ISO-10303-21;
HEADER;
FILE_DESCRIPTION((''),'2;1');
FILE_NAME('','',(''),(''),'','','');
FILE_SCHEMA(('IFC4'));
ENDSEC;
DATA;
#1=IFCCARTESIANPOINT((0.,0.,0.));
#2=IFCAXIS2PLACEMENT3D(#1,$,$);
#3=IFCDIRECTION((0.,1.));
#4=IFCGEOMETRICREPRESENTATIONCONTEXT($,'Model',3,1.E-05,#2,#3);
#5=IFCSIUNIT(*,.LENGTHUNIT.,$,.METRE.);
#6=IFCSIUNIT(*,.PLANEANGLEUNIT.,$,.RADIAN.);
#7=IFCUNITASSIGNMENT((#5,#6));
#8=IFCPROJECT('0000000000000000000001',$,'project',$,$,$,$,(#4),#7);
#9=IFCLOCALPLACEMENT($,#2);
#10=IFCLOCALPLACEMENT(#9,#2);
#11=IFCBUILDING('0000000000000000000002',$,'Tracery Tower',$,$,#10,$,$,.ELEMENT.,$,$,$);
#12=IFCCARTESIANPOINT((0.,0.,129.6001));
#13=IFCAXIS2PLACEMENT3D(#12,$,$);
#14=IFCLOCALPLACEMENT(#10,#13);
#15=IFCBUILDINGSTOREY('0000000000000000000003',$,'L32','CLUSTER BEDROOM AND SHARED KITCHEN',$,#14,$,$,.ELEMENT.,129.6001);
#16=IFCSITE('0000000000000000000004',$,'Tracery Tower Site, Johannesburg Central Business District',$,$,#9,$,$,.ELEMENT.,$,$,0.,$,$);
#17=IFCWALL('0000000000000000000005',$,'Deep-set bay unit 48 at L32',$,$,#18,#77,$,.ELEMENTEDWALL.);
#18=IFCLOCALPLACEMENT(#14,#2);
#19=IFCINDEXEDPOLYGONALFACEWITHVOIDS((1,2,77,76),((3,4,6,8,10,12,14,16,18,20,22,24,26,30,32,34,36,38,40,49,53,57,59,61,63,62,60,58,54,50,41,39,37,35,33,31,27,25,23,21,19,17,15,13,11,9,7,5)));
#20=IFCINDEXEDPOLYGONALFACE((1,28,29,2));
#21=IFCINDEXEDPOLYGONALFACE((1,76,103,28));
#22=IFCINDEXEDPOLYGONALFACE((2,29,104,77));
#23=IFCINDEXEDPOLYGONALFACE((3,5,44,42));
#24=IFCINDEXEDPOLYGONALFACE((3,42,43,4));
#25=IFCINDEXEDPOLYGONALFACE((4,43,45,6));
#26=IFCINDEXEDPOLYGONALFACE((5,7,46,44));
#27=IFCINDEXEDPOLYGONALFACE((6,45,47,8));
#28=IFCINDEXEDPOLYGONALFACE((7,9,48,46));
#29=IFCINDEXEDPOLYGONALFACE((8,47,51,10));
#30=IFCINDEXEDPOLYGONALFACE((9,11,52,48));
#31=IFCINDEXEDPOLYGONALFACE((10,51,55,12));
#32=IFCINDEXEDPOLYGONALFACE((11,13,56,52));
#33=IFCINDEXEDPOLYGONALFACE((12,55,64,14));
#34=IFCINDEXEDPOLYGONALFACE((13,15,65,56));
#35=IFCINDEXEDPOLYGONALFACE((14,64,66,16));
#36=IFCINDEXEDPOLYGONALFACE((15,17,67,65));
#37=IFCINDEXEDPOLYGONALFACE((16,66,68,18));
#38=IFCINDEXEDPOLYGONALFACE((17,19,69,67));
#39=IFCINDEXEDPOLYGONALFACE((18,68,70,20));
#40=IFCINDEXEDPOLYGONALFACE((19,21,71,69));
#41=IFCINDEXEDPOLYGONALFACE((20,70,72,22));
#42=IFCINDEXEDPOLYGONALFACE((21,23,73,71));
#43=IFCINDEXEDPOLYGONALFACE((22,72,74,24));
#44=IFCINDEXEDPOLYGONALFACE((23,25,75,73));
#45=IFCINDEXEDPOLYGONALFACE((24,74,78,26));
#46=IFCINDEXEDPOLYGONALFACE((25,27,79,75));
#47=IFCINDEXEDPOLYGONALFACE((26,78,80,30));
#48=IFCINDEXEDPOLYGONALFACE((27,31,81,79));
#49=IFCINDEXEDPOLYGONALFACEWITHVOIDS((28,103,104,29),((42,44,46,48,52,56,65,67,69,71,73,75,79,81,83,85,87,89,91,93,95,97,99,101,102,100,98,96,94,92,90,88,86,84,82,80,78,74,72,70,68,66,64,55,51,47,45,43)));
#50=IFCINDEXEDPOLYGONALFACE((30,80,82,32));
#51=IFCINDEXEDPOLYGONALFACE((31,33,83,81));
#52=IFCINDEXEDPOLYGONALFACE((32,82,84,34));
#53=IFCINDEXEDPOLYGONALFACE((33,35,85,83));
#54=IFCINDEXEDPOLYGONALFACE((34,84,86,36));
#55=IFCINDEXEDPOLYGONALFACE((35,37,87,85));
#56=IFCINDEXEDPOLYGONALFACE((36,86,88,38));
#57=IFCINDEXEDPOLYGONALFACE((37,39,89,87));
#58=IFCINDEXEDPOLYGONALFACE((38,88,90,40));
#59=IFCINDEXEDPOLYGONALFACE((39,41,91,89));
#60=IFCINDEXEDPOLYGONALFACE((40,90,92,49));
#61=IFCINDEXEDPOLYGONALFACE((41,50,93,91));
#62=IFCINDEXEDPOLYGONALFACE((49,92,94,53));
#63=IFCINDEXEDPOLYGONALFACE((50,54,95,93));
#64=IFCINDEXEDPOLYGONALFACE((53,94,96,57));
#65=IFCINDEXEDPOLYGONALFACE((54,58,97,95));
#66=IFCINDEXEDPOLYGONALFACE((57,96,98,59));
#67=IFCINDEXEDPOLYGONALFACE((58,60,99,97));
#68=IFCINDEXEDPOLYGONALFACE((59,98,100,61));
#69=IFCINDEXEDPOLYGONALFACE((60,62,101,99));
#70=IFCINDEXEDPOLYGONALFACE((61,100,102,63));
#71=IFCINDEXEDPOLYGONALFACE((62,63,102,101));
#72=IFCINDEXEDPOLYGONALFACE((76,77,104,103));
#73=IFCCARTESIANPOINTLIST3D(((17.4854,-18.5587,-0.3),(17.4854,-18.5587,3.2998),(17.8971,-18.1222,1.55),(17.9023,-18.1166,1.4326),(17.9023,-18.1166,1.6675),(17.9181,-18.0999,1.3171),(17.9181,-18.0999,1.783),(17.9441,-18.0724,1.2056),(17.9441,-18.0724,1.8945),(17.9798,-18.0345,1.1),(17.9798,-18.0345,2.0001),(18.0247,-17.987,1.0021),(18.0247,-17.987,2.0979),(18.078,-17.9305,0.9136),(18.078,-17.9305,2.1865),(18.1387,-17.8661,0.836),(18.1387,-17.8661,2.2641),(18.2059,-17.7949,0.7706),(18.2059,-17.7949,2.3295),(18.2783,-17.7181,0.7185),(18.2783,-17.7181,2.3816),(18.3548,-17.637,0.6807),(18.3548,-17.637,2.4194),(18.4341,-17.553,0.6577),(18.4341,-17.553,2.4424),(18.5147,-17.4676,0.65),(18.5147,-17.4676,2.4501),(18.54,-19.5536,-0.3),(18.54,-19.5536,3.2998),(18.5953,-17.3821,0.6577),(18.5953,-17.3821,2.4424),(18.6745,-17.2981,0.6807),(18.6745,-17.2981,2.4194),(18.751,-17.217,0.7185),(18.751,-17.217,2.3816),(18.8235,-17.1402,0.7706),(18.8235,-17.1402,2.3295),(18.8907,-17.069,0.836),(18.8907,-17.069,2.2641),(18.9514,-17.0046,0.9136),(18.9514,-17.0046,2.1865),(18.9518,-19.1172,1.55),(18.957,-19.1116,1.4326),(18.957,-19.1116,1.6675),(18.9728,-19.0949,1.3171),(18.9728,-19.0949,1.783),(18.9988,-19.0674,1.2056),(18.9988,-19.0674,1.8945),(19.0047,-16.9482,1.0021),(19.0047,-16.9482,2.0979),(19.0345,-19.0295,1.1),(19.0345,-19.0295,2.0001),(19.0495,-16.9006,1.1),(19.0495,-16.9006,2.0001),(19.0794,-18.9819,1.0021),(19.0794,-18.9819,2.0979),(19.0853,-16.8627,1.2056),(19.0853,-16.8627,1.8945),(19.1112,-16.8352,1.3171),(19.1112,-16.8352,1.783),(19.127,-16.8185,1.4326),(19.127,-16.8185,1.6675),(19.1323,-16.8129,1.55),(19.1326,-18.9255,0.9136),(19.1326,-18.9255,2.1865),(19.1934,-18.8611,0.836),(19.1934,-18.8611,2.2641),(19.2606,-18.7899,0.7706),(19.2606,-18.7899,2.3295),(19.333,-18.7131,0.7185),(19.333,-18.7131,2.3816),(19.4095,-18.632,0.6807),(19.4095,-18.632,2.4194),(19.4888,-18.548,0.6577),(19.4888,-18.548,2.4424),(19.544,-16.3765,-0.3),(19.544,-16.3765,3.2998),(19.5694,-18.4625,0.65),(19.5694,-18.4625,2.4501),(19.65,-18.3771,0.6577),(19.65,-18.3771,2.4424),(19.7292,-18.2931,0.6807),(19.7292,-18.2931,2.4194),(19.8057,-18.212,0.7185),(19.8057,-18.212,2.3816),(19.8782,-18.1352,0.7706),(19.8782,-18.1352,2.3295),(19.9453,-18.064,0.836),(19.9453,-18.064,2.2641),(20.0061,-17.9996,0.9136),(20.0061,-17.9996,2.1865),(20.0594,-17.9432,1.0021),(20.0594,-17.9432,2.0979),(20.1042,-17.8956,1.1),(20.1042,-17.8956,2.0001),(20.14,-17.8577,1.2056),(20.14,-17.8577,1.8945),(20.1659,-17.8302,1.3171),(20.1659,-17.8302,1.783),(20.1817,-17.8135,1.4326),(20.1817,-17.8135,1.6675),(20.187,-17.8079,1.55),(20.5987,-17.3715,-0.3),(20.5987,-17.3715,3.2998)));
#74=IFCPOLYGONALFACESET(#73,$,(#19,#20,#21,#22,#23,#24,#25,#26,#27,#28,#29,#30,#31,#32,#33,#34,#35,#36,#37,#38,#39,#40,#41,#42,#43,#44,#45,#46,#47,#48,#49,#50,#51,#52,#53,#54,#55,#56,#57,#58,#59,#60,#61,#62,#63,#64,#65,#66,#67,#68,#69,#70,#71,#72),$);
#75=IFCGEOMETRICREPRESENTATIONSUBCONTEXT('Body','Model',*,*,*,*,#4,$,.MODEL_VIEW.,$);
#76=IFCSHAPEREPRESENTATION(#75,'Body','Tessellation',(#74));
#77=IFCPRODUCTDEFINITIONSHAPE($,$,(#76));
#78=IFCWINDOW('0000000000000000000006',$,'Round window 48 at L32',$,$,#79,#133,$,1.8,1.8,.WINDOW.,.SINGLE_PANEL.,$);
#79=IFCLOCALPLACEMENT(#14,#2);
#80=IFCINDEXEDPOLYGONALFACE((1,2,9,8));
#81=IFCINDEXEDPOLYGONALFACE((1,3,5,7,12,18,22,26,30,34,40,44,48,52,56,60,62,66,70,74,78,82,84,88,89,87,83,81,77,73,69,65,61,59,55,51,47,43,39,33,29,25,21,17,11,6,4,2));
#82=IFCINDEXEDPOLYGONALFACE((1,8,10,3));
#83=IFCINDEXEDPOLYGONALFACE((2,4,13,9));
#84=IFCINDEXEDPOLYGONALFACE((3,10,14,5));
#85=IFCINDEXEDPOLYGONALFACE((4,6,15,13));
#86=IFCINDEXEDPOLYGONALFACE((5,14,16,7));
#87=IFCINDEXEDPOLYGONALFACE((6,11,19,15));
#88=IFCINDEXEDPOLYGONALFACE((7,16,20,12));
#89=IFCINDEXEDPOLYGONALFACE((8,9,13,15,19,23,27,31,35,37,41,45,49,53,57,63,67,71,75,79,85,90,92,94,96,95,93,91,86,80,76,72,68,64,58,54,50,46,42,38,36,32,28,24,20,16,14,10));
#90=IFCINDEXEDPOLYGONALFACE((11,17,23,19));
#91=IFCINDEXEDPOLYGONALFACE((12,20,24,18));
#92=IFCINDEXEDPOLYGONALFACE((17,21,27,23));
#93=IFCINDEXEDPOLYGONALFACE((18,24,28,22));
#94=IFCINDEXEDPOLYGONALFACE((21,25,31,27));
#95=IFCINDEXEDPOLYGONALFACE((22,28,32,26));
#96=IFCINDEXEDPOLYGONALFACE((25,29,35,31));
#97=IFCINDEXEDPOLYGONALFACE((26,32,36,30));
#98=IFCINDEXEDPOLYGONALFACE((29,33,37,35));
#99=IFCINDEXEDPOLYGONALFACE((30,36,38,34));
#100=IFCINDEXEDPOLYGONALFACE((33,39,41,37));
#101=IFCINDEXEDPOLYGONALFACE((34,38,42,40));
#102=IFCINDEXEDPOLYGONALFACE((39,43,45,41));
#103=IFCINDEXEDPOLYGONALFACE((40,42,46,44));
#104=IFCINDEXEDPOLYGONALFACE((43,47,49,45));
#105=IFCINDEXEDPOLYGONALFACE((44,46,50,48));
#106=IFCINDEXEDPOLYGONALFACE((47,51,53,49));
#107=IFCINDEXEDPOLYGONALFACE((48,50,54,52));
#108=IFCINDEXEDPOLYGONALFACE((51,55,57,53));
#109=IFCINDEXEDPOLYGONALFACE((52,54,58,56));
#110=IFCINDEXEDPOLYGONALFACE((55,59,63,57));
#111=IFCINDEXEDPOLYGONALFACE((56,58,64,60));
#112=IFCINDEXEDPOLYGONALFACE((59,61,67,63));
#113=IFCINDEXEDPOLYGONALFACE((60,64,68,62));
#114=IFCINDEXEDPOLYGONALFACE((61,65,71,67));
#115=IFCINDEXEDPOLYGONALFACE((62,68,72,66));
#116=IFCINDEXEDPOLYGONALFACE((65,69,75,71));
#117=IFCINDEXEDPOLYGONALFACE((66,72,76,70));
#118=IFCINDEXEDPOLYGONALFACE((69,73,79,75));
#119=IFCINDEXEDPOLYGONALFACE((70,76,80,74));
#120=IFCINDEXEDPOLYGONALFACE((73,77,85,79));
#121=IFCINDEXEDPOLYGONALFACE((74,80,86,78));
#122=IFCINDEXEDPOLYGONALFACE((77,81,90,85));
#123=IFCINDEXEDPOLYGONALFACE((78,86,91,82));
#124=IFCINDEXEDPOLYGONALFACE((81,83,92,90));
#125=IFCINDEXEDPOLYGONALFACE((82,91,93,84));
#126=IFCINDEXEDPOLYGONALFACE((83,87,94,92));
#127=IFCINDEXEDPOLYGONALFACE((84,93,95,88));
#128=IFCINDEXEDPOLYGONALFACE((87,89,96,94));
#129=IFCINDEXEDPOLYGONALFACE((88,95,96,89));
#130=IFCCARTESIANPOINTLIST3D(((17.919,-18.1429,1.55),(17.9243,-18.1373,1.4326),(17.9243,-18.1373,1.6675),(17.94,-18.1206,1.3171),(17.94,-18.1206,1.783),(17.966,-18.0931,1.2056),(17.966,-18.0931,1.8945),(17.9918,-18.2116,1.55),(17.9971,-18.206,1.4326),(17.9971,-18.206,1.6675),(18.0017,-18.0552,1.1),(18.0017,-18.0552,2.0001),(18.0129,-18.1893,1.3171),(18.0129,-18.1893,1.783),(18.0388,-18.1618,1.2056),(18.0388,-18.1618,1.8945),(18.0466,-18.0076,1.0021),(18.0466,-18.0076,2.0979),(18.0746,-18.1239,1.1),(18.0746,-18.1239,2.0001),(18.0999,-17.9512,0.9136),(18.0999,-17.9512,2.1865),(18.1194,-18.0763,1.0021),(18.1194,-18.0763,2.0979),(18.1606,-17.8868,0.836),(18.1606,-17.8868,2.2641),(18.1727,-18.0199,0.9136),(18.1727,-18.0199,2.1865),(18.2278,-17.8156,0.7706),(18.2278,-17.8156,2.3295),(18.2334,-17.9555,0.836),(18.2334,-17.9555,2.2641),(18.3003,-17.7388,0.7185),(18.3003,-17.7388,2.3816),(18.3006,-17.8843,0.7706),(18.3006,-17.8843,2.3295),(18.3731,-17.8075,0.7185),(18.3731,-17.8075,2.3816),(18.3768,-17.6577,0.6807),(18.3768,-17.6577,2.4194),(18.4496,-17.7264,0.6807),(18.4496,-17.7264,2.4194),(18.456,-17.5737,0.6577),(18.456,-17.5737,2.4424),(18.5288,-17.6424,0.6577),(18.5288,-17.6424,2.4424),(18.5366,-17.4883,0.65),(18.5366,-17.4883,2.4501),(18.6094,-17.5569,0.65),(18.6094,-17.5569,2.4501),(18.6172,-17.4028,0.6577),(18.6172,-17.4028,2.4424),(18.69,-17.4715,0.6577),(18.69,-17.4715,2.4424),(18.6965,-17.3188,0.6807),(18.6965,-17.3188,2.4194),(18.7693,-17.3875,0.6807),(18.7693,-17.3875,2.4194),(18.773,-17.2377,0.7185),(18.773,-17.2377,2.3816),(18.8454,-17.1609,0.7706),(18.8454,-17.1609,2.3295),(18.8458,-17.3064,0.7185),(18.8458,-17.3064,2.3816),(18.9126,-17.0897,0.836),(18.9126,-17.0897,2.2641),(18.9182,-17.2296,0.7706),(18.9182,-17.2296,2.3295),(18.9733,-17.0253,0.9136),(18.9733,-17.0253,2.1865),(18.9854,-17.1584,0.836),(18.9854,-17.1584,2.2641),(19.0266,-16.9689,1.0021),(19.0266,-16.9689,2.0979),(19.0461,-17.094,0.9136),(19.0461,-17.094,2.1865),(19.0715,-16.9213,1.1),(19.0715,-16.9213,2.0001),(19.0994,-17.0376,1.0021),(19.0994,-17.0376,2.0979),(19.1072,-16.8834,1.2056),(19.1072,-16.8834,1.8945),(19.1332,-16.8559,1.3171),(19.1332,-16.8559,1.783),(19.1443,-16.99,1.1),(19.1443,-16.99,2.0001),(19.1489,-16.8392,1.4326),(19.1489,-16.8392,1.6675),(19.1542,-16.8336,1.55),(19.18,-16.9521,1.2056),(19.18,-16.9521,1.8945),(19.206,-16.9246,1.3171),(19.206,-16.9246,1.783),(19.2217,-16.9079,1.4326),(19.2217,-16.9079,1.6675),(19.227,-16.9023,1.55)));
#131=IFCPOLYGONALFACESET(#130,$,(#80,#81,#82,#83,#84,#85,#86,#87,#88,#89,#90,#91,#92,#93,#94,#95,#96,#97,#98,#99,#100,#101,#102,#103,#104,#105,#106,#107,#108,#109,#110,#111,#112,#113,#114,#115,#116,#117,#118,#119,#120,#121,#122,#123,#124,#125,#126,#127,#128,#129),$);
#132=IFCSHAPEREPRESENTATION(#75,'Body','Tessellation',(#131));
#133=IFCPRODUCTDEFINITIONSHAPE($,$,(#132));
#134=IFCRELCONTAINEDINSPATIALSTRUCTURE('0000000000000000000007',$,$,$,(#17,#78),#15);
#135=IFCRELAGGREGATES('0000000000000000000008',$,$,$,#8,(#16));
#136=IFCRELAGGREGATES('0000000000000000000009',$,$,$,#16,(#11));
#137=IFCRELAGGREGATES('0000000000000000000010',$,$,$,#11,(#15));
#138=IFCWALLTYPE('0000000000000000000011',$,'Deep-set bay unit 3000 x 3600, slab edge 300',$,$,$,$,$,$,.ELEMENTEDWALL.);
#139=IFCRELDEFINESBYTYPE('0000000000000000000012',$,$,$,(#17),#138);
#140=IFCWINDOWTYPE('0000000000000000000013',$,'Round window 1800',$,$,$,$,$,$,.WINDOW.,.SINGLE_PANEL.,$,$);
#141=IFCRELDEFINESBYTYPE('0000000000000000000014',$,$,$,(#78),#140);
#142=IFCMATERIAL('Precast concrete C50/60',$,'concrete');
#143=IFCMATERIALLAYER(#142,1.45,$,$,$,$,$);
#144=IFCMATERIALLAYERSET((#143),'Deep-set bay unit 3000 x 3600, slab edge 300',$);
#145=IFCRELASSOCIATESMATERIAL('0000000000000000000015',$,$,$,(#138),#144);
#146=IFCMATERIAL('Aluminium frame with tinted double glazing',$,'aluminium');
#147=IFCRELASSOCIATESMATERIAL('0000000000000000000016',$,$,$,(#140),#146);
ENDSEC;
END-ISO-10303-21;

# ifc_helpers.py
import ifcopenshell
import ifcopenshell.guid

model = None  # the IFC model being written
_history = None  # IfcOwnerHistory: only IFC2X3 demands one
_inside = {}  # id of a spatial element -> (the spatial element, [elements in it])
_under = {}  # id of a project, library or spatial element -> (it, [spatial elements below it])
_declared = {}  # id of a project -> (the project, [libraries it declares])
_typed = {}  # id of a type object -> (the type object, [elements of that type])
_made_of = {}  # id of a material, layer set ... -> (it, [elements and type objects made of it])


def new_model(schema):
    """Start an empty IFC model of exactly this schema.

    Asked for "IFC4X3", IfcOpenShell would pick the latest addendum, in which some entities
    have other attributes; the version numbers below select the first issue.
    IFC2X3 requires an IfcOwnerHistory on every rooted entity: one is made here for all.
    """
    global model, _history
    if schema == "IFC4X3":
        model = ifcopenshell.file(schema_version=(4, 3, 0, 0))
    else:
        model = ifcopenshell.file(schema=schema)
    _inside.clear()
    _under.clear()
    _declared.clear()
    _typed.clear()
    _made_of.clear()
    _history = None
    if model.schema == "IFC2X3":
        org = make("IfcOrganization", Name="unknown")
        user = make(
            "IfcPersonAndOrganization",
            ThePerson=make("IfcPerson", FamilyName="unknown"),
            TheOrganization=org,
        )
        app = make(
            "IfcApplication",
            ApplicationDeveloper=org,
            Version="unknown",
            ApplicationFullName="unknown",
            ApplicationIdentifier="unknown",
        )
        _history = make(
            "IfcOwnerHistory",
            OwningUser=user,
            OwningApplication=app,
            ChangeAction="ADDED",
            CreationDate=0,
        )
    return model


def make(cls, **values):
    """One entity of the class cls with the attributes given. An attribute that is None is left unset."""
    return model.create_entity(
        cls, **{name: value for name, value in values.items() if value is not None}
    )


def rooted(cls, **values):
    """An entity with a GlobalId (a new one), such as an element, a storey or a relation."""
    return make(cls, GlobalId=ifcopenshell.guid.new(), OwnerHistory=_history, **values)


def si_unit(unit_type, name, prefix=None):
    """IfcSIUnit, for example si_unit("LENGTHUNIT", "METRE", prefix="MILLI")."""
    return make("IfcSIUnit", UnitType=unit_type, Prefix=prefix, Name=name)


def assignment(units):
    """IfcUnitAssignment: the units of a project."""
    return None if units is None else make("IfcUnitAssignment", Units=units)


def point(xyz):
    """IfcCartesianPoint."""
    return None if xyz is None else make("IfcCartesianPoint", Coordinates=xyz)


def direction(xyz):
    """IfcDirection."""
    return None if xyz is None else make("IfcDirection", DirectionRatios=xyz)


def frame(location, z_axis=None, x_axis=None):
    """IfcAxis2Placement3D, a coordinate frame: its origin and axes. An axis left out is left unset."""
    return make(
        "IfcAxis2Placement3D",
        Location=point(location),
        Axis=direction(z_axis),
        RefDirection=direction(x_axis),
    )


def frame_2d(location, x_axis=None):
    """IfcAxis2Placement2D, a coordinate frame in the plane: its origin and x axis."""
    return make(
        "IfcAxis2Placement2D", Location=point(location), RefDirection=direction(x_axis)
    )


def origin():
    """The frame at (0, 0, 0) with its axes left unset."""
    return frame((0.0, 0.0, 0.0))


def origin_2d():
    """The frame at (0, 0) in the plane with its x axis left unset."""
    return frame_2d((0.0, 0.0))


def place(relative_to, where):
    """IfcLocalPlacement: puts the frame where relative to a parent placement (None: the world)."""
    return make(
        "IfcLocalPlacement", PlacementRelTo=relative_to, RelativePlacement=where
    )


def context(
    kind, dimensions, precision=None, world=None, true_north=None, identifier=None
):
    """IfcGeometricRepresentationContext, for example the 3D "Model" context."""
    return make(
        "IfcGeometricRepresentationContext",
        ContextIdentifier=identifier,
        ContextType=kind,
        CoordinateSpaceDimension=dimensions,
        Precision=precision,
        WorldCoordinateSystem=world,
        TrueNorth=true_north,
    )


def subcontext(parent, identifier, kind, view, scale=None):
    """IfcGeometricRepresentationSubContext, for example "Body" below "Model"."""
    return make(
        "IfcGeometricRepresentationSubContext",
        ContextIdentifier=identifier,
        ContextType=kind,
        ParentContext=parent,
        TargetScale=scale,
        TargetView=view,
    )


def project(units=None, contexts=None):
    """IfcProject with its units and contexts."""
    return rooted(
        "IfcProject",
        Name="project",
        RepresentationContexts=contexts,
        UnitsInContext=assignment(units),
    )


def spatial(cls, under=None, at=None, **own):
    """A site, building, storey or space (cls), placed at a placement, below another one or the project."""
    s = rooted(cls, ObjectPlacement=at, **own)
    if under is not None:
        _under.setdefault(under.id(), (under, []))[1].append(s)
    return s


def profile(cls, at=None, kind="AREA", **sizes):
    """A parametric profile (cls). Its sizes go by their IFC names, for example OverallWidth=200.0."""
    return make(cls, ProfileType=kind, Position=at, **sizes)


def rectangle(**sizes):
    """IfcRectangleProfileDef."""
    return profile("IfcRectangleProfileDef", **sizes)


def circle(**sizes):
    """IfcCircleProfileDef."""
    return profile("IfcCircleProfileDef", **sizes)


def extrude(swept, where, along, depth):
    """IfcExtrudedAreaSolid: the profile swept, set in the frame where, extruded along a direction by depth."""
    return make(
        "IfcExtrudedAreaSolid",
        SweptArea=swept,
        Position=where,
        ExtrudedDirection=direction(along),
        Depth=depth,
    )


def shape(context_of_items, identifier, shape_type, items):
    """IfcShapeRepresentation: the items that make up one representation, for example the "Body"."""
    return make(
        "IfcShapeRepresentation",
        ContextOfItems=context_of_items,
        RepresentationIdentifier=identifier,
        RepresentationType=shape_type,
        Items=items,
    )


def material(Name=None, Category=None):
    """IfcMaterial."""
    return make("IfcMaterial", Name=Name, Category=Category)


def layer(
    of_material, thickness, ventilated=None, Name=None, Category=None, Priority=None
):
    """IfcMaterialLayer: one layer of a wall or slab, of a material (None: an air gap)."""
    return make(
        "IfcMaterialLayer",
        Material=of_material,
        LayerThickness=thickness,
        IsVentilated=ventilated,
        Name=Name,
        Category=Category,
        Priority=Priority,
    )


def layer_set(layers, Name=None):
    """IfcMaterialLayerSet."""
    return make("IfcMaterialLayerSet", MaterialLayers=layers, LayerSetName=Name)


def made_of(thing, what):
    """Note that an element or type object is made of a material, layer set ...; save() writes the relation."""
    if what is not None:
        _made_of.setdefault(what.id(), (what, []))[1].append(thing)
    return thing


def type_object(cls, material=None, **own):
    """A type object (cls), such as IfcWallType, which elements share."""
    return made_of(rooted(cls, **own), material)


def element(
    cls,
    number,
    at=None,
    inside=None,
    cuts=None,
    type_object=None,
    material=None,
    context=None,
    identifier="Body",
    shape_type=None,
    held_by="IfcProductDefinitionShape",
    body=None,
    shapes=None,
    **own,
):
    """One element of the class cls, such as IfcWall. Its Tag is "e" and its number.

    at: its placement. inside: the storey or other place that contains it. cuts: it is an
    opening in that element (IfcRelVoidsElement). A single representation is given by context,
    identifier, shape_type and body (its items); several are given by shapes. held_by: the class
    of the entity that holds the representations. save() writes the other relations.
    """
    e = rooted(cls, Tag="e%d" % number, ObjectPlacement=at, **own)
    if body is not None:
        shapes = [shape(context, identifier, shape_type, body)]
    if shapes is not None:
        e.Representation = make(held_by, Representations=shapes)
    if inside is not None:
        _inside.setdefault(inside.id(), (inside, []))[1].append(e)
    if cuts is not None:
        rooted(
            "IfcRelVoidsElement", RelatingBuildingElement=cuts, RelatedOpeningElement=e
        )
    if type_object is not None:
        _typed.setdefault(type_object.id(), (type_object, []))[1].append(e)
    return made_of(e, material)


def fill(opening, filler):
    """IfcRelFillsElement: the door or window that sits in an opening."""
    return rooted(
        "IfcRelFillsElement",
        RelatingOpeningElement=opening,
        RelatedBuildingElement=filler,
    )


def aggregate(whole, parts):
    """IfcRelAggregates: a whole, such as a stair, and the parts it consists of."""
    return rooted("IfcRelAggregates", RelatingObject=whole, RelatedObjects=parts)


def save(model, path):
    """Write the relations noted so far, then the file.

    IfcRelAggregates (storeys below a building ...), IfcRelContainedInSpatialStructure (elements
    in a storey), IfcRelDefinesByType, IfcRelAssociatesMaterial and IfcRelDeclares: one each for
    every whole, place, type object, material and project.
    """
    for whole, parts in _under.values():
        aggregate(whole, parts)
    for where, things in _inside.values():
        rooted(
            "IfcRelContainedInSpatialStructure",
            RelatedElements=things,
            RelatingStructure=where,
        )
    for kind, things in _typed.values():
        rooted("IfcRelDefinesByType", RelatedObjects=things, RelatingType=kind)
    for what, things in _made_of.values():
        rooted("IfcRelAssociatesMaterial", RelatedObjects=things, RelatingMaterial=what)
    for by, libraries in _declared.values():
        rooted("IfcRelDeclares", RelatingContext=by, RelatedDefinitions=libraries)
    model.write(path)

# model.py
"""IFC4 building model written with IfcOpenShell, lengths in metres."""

from ifc_helpers import new_model, si_unit, direction, frame, frame_2d, origin, origin_2d, place, context, subcontext, project, spatial, rectangle, circle, extrude, material, layer, layer_set, type_object, element, fill, save


model = new_model("IFC4")

# Units and contexts
model_context = context("Model", 3, precision=1e-05, world=origin(), true_north=direction((0.0, 1.0)))
body_context = subcontext(model_context, "Body", "Model", "MODEL_VIEW")
ifc_project = project(units=[si_unit("LENGTHUNIT", "METRE"), si_unit("PLANEANGLEUNIT", "RADIAN")], contexts=[model_context])

# Site, building, storey
site_placement = place(None, origin())
site = spatial("IfcSite", under=ifc_project, at=site_placement, Name="Tracery Tower Site, Johannesburg Central Business District", CompositionType="ELEMENT", RefElevation=0.0)
building_placement = place(site_placement, origin())
building = spatial("IfcBuilding", under=site, at=building_placement, Name="Tracery Tower", CompositionType="ELEMENT")
storey_placement = place(building_placement, frame((0.0, 0.0, 129.6001)))
storey = spatial("IfcBuildingStorey", under=building, at=storey_placement, Name="L32", Description="CLUSTER BEDROOM AND SHARED KITCHEN", CompositionType="ELEMENT", Elevation=129.6001)

# Wall, opening, window
ifc_material_1 = material(Name="Precast concrete C50/60", Category="concrete")
ifc_layer_1 = layer(ifc_material_1, 1.45)
ifc_layer_set_1 = layer_set([ifc_layer_1], Name="Deep-set bay unit 3000 x 3600, slab edge 300")
wall_type_1 = type_object("IfcWallType", Name="Deep-set bay unit 3000 x 3600, slab edge 300", PredefinedType="ELEMENTEDWALL", material=ifc_layer_set_1)
ifc_material_2 = material(Name="Aluminium frame with tinted double glazing", Category="aluminium")
window_type = type_object("IfcWindowType", Name="Round window 1800", PartitioningType="SINGLE_PANEL", PredefinedType="WINDOW", material=ifc_material_2)
wall_1_placement = place(storey_placement, frame((18.0127, -19.0562, -0.3), z_axis=(0.0, 0.0, 1.0), x_axis=(0.686217, 0.727397, 0.0)))
wall_1 = element("IfcWall", 1, at=wall_1_placement, inside=storey, type_object=wall_type_1, Name="Deep-set bay unit 48 at L32", PredefinedType="ELEMENTEDWALL", context=body_context, shape_type="SweptSolid", body=[
    extrude(rectangle(XDim=3.0, YDim=1.45, at=frame_2d((1.5, 0.0))), origin(), (0.0, 0.0, 1.0), 3.5999),
])
opening_1_placement = place(wall_1_placement, frame((1.5, 0.0, 1.8501)))
opening_1 = element("IfcOpeningElement", 2, at=opening_1_placement, cuts=wall_1, PredefinedType="OPENING", context=body_context, shape_type="SweptSolid", body=[
    extrude(circle(Radius=0.9, at=origin_2d()), frame((0.0, 0.7349, 0.0), z_axis=(0.0, -1.0, 0.0), x_axis=(1.0, 0.0, 0.0)), (0.0, 0.0, 1.0), 1.47),
])
window_1_placement = place(opening_1_placement, origin())
window_1 = element("IfcWindow", 3, at=window_1_placement, inside=storey, type_object=window_type, Name="Round window 48 at L32", OverallHeight=1.8, OverallWidth=1.8, PartitioningType="SINGLE_PANEL", PredefinedType="WINDOW", context=body_context, shape_type="SweptSolid", body=[
    extrude(circle(Radius=0.9, at=origin_2d()), frame((0.0, 0.6948, 0.0), z_axis=(0.0, -1.0, 0.0), x_axis=(1.0, 0.0, 0.0)), (0.0, 0.0, 1.0), 0.1001),
])
fill(opening_1, window_1)

save(model, "model.ifc")
